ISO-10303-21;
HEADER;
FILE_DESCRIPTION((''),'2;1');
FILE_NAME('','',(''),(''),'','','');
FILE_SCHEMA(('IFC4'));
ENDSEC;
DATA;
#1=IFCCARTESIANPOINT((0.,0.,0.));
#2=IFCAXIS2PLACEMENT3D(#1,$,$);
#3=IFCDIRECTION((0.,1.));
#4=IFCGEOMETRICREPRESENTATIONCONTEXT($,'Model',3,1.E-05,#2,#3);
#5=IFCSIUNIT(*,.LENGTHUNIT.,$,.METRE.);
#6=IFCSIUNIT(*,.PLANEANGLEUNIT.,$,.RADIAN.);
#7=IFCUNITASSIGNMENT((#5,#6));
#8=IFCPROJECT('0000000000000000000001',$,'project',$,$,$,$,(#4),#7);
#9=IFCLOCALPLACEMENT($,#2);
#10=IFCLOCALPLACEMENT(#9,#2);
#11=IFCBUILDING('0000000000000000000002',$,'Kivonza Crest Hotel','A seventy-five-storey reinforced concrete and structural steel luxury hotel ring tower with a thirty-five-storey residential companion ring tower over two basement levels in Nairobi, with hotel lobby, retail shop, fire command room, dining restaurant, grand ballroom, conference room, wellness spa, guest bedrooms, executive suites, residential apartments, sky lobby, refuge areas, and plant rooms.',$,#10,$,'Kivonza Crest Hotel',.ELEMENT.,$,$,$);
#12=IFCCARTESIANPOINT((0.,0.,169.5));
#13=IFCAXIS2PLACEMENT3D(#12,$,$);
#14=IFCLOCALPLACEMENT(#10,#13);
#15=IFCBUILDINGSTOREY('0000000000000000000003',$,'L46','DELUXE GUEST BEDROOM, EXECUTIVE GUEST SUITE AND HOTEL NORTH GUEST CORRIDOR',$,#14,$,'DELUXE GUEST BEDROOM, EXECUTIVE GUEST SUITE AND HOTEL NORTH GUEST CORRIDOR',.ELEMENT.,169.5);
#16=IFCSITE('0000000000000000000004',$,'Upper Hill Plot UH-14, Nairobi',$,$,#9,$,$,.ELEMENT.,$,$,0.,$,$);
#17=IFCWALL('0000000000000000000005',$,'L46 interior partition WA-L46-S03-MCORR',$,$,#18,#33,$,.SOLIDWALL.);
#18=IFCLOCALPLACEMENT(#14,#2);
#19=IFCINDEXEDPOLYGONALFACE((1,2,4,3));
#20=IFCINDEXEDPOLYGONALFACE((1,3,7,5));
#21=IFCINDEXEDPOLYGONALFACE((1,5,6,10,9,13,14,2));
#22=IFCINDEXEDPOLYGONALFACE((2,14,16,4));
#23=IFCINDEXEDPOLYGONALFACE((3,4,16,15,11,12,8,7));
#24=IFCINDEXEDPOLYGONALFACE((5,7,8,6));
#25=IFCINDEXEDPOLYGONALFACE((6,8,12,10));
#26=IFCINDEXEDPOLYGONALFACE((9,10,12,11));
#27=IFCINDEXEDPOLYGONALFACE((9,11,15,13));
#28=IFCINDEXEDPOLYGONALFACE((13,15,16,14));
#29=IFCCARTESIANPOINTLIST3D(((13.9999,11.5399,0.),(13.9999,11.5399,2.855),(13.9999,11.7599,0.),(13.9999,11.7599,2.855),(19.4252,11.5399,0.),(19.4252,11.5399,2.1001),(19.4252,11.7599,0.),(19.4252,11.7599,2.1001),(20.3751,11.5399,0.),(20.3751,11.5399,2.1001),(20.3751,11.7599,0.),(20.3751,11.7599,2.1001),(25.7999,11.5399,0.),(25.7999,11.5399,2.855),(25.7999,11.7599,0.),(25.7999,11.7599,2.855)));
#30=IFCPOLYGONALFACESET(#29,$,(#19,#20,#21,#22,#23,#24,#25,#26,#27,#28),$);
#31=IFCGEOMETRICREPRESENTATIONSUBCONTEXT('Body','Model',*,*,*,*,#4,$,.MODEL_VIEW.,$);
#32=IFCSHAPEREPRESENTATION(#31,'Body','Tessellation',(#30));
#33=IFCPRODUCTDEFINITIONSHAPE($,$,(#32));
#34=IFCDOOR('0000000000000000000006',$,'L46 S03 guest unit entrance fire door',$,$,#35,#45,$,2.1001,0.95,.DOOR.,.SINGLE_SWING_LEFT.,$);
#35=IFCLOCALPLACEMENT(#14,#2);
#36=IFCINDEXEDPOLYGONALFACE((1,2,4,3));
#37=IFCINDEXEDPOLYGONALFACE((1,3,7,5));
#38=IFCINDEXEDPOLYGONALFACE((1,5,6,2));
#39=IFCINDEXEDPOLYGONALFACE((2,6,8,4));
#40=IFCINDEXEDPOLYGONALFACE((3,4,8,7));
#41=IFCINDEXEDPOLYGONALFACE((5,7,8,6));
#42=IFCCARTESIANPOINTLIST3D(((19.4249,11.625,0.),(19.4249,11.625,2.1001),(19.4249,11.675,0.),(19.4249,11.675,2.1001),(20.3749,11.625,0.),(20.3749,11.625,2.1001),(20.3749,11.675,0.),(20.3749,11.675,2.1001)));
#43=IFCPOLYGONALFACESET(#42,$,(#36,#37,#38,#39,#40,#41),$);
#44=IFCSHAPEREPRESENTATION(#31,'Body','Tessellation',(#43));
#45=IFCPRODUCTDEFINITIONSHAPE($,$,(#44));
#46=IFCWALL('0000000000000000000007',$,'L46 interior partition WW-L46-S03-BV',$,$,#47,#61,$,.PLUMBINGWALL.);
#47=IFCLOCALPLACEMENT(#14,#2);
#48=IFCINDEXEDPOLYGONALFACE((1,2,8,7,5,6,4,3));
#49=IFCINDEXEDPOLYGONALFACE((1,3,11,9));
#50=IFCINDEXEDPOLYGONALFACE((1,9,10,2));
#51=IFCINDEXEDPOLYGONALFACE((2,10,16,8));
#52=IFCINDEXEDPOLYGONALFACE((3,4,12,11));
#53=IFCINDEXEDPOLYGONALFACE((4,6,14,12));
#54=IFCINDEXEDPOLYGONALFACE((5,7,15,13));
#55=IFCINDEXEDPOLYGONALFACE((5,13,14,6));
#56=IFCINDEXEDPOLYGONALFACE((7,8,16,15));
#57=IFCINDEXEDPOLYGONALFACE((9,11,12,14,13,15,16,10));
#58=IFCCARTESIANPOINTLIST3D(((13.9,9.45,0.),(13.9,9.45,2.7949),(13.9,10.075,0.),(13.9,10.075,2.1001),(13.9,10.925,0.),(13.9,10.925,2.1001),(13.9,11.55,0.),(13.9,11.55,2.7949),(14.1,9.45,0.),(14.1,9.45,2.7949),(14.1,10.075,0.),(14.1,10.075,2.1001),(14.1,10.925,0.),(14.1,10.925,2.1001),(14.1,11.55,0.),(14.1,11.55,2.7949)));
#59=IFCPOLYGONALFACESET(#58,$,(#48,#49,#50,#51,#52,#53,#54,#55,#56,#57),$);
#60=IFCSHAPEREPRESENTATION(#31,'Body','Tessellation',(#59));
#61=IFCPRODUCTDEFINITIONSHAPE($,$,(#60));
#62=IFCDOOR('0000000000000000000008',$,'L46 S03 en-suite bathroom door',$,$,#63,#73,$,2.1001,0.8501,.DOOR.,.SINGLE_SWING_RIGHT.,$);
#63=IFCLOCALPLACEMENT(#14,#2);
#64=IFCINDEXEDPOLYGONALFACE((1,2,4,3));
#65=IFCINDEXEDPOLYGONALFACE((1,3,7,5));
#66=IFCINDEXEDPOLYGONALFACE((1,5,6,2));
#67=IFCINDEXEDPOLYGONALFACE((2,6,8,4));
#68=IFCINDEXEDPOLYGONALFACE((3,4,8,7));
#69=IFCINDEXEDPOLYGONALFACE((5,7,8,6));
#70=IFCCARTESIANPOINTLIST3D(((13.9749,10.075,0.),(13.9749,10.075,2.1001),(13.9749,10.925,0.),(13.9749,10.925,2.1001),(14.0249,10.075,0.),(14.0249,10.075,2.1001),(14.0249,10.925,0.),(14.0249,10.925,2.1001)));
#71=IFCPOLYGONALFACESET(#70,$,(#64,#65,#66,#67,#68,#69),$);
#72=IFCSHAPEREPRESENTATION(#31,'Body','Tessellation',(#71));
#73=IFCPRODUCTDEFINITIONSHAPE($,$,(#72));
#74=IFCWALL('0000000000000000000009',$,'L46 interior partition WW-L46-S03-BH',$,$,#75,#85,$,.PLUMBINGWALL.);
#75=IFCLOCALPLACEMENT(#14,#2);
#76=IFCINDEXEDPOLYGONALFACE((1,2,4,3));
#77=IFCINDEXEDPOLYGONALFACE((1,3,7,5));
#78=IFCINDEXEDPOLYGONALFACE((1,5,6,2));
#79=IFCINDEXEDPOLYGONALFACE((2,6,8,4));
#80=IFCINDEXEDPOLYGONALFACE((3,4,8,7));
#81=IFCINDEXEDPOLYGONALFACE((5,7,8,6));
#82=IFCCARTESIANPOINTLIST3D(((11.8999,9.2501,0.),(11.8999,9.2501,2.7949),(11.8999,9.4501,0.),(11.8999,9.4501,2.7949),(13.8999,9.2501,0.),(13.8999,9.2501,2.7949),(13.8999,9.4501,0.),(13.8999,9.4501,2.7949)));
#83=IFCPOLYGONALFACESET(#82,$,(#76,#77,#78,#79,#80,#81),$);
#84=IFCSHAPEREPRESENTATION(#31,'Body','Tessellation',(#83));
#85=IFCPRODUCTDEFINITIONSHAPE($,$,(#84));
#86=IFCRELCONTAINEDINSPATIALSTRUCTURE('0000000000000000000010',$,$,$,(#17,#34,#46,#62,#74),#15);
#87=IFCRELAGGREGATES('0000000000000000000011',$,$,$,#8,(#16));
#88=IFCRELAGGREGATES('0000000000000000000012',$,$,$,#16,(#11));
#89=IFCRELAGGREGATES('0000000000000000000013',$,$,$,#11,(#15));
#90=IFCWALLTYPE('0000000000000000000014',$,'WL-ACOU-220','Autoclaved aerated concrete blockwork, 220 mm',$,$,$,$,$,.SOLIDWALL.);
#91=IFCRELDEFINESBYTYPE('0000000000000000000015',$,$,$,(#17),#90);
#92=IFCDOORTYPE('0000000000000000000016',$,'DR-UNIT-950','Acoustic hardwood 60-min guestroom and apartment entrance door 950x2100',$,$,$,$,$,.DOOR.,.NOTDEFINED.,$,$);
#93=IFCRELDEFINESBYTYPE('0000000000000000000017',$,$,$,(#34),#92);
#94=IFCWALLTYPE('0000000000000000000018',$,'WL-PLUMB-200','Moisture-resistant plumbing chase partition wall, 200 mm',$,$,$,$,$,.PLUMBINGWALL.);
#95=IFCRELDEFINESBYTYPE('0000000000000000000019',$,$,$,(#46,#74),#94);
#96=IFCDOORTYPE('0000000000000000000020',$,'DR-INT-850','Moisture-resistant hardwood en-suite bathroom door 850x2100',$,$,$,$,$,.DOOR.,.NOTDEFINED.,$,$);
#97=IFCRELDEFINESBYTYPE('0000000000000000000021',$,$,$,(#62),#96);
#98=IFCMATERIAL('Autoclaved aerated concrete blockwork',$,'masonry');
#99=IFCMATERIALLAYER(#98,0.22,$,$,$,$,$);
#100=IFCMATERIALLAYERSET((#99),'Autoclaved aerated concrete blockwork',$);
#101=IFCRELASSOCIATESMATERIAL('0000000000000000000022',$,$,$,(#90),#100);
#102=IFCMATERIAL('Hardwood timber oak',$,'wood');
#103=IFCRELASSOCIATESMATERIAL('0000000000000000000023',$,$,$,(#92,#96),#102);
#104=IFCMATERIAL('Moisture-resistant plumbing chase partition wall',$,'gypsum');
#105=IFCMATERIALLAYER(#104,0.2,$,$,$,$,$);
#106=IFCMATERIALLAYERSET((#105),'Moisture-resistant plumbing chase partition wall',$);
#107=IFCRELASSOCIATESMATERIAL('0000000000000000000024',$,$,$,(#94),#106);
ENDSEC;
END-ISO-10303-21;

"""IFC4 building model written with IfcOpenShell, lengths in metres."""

from ifc_helpers import new_model, si_unit, direction, frame, frame_2d, origin, place, context, subcontext, project, spatial, rectangle, extrude, material, layer, layer_set, type_object, element, fill, save


model = new_model("IFC4")

# Units and contexts
model_context = context("Model", 3, precision=1e-05, world=origin(), true_north=direction((0.0, 1.0)))
body_context = subcontext(model_context, "Body", "Model", "MODEL_VIEW")
ifc_project = project(units=[si_unit("LENGTHUNIT", "METRE"), si_unit("PLANEANGLEUNIT", "RADIAN")], contexts=[model_context])

# Site, building, storey
site_placement = place(None, origin())
site = spatial("IfcSite", under=ifc_project, at=site_placement, Name="Upper Hill Plot UH-14, Nairobi", CompositionType="ELEMENT", RefElevation=0.0)
building_placement = place(site_placement, origin())
building = spatial("IfcBuilding", under=site, at=building_placement, Name="Kivonza Crest Hotel", Description="A seventy-five-storey reinforced concrete and structural steel luxury hotel ring tower with a thirty-five-storey residential companion ring tower over two basement levels in Nairobi, with hotel lobby, retail shop, fire command room, dining restaurant, grand ballroom, conference room, wellness spa, guest bedrooms, executive suites, residential apartments, sky lobby, refuge areas, and plant rooms.", LongName="Kivonza Crest Hotel", CompositionType="ELEMENT")
storey_placement = place(building_placement, frame((0.0, 0.0, 169.5)))
storey = spatial("IfcBuildingStorey", under=building, at=storey_placement, Name="L46", Description="DELUXE GUEST BEDROOM, EXECUTIVE GUEST SUITE AND HOTEL NORTH GUEST CORRIDOR", LongName="DELUXE GUEST BEDROOM, EXECUTIVE GUEST SUITE AND HOTEL NORTH GUEST CORRIDOR", CompositionType="ELEMENT", Elevation=169.5)

# Shared definitions
ifc_material_1 = material(Name="Autoclaved aerated concrete blockwork", Category="masonry")
ifc_layer_1 = layer(ifc_material_1, 0.22)
ifc_layer_set_1 = layer_set([ifc_layer_1], Name="Autoclaved aerated concrete blockwork")
wall_type_1 = type_object("IfcWallType", Name="WL-ACOU-220", Description="Autoclaved aerated concrete blockwork, 220 mm", PredefinedType="SOLIDWALL", material=ifc_layer_set_1)

# Walls, openings, doors
wall_1_placement = place(storey_placement, frame((14.0, 11.6499, 0.0), z_axis=(0.0, 0.0, 1.0), x_axis=(1.0, 0.0, 0.0)))
wall_1 = element("IfcWall", 1, at=wall_1_placement, inside=storey, type_object=wall_type_1, Name="L46 interior partition WA-L46-S03-MCORR", PredefinedType="SOLIDWALL", context=body_context, shape_type="SweptSolid", body=[
    extrude(rectangle(XDim=11.8, YDim=0.22, at=frame_2d((5.8999, 0.0))), origin(), (0.0, 0.0, 1.0), 2.855),
])
opening_1_placement = place(wall_1_placement, frame((5.425, 0.0, 0.0)))
opening_1 = element("IfcOpeningElement", 2, at=opening_1_placement, cuts=wall_1, PredefinedType="OPENING", context=body_context, shape_type="SweptSolid", body=[
    extrude(rectangle(XDim=0.95, YDim=2.1001, at=frame_2d((0.4751, 1.05))), frame((0.0, 0.1201, 0.0), z_axis=(0.0, -1.0, 0.0), x_axis=(1.0, 0.0, 0.0)), (0.0, 0.0, 1.0), 0.24),
])
ifc_material_2 = material(Name="Hardwood timber oak", Category="wood")
door_type_1 = type_object("IfcDoorType", Name="DR-UNIT-950", Description="Acoustic hardwood 60-min guestroom and apartment entrance door 950x2100", OperationType="NOTDEFINED", PredefinedType="DOOR", material=ifc_material_2)
door_1_placement = place(opening_1_placement, frame((0.95, 0.0, 0.0), z_axis=(0.0, 0.0, 1.0), x_axis=(-1.0, 0.0, 0.0)))
door_1 = element("IfcDoor", 3, at=door_1_placement, inside=storey, type_object=door_type_1, Name="L46 S03 guest unit entrance fire door", OperationType="SINGLE_SWING_LEFT", OverallHeight=2.1001, OverallWidth=0.95, PredefinedType="DOOR", context=body_context, shape_type="SweptSolid", body=[
    extrude(rectangle(XDim=0.95, YDim=2.1001, at=frame_2d((0.4751, 1.05))), frame((0.0, 0.0249, 0.0), z_axis=(0.0, -1.0, 0.0), x_axis=(1.0, 0.0, 0.0)), (0.0, 0.0, 1.0), 0.05),
])
fill(opening_1, door_1)
ifc_material_3 = material(Name="Moisture-resistant plumbing chase partition wall", Category="gypsum")
ifc_layer_2 = layer(ifc_material_3, 0.2)
ifc_layer_set_2 = layer_set([ifc_layer_2], Name="Moisture-resistant plumbing chase partition wall")
wall_type_2 = type_object("IfcWallType", Name="WL-PLUMB-200", Description="Moisture-resistant plumbing chase partition wall, 200 mm", PredefinedType="PLUMBINGWALL", material=ifc_layer_set_2)
wall_2_placement = place(storey_placement, frame((14.0, 9.45, 0.0), z_axis=(0.0, 0.0, 1.0), x_axis=(0.0, 1.0, 0.0)))
wall_2 = element("IfcWall", 4, at=wall_2_placement, inside=storey, type_object=wall_type_2, Name="L46 interior partition WW-L46-S03-BV", PredefinedType="PLUMBINGWALL", context=body_context, shape_type="SweptSolid", body=[
    extrude(rectangle(XDim=2.1001, YDim=0.2, at=frame_2d((1.05, 0.0))), origin(), (0.0, 0.0, 1.0), 2.7949),
])
opening_2_placement = place(wall_2_placement, frame((0.625, 0.0, 0.0)))
opening_2 = element("IfcOpeningElement", 5, at=opening_2_placement, cuts=wall_2, PredefinedType="OPENING", context=body_context, shape_type="SweptSolid", body=[
    extrude(rectangle(XDim=0.8501, YDim=2.1001, at=frame_2d((0.425, 1.05))), frame((0.0, 0.1099, 0.0), z_axis=(0.0, -1.0, 0.0), x_axis=(1.0, 0.0, 0.0)), (0.0, 0.0, 1.0), 0.22),
])
door_type_2 = type_object("IfcDoorType", Name="DR-INT-850", Description="Moisture-resistant hardwood en-suite bathroom door 850x2100", OperationType="NOTDEFINED", PredefinedType="DOOR", material=ifc_material_2)
door_2_placement = place(opening_2_placement, frame((0.8501, 0.0, 0.0), z_axis=(0.0, 0.0, 1.0), x_axis=(-1.0, 0.0, 0.0)))
door_2 = element("IfcDoor", 6, at=door_2_placement, inside=storey, type_object=door_type_2, Name="L46 S03 en-suite bathroom door", OperationType="SINGLE_SWING_RIGHT", OverallHeight=2.1001, OverallWidth=0.8501, PredefinedType="DOOR", context=body_context, shape_type="SweptSolid", body=[
    extrude(rectangle(XDim=0.8501, YDim=2.1001, at=frame_2d((0.425, 1.05))), frame((0.0, 0.0249, 0.0), z_axis=(0.0, -1.0, 0.0), x_axis=(1.0, 0.0, 0.0)), (0.0, 0.0, 1.0), 0.05),
])
fill(opening_2, door_2)

# Wall
wall_3_placement = place(storey_placement, frame((11.8999, 9.3501, 0.0), z_axis=(0.0, 0.0, 1.0), x_axis=(1.0, 0.0, 0.0)))
element("IfcWall", 7, at=wall_3_placement, inside=storey, type_object=wall_type_2, Name="L46 interior partition WW-L46-S03-BH", PredefinedType="PLUMBINGWALL", context=body_context, shape_type="SweptSolid", body=[
    extrude(rectangle(XDim=2.0, YDim=0.2, at=frame_2d((1.0, 0.0))), origin(), (0.0, 0.0, 1.0), 2.7949),
])

save(model, "model.ifc")
